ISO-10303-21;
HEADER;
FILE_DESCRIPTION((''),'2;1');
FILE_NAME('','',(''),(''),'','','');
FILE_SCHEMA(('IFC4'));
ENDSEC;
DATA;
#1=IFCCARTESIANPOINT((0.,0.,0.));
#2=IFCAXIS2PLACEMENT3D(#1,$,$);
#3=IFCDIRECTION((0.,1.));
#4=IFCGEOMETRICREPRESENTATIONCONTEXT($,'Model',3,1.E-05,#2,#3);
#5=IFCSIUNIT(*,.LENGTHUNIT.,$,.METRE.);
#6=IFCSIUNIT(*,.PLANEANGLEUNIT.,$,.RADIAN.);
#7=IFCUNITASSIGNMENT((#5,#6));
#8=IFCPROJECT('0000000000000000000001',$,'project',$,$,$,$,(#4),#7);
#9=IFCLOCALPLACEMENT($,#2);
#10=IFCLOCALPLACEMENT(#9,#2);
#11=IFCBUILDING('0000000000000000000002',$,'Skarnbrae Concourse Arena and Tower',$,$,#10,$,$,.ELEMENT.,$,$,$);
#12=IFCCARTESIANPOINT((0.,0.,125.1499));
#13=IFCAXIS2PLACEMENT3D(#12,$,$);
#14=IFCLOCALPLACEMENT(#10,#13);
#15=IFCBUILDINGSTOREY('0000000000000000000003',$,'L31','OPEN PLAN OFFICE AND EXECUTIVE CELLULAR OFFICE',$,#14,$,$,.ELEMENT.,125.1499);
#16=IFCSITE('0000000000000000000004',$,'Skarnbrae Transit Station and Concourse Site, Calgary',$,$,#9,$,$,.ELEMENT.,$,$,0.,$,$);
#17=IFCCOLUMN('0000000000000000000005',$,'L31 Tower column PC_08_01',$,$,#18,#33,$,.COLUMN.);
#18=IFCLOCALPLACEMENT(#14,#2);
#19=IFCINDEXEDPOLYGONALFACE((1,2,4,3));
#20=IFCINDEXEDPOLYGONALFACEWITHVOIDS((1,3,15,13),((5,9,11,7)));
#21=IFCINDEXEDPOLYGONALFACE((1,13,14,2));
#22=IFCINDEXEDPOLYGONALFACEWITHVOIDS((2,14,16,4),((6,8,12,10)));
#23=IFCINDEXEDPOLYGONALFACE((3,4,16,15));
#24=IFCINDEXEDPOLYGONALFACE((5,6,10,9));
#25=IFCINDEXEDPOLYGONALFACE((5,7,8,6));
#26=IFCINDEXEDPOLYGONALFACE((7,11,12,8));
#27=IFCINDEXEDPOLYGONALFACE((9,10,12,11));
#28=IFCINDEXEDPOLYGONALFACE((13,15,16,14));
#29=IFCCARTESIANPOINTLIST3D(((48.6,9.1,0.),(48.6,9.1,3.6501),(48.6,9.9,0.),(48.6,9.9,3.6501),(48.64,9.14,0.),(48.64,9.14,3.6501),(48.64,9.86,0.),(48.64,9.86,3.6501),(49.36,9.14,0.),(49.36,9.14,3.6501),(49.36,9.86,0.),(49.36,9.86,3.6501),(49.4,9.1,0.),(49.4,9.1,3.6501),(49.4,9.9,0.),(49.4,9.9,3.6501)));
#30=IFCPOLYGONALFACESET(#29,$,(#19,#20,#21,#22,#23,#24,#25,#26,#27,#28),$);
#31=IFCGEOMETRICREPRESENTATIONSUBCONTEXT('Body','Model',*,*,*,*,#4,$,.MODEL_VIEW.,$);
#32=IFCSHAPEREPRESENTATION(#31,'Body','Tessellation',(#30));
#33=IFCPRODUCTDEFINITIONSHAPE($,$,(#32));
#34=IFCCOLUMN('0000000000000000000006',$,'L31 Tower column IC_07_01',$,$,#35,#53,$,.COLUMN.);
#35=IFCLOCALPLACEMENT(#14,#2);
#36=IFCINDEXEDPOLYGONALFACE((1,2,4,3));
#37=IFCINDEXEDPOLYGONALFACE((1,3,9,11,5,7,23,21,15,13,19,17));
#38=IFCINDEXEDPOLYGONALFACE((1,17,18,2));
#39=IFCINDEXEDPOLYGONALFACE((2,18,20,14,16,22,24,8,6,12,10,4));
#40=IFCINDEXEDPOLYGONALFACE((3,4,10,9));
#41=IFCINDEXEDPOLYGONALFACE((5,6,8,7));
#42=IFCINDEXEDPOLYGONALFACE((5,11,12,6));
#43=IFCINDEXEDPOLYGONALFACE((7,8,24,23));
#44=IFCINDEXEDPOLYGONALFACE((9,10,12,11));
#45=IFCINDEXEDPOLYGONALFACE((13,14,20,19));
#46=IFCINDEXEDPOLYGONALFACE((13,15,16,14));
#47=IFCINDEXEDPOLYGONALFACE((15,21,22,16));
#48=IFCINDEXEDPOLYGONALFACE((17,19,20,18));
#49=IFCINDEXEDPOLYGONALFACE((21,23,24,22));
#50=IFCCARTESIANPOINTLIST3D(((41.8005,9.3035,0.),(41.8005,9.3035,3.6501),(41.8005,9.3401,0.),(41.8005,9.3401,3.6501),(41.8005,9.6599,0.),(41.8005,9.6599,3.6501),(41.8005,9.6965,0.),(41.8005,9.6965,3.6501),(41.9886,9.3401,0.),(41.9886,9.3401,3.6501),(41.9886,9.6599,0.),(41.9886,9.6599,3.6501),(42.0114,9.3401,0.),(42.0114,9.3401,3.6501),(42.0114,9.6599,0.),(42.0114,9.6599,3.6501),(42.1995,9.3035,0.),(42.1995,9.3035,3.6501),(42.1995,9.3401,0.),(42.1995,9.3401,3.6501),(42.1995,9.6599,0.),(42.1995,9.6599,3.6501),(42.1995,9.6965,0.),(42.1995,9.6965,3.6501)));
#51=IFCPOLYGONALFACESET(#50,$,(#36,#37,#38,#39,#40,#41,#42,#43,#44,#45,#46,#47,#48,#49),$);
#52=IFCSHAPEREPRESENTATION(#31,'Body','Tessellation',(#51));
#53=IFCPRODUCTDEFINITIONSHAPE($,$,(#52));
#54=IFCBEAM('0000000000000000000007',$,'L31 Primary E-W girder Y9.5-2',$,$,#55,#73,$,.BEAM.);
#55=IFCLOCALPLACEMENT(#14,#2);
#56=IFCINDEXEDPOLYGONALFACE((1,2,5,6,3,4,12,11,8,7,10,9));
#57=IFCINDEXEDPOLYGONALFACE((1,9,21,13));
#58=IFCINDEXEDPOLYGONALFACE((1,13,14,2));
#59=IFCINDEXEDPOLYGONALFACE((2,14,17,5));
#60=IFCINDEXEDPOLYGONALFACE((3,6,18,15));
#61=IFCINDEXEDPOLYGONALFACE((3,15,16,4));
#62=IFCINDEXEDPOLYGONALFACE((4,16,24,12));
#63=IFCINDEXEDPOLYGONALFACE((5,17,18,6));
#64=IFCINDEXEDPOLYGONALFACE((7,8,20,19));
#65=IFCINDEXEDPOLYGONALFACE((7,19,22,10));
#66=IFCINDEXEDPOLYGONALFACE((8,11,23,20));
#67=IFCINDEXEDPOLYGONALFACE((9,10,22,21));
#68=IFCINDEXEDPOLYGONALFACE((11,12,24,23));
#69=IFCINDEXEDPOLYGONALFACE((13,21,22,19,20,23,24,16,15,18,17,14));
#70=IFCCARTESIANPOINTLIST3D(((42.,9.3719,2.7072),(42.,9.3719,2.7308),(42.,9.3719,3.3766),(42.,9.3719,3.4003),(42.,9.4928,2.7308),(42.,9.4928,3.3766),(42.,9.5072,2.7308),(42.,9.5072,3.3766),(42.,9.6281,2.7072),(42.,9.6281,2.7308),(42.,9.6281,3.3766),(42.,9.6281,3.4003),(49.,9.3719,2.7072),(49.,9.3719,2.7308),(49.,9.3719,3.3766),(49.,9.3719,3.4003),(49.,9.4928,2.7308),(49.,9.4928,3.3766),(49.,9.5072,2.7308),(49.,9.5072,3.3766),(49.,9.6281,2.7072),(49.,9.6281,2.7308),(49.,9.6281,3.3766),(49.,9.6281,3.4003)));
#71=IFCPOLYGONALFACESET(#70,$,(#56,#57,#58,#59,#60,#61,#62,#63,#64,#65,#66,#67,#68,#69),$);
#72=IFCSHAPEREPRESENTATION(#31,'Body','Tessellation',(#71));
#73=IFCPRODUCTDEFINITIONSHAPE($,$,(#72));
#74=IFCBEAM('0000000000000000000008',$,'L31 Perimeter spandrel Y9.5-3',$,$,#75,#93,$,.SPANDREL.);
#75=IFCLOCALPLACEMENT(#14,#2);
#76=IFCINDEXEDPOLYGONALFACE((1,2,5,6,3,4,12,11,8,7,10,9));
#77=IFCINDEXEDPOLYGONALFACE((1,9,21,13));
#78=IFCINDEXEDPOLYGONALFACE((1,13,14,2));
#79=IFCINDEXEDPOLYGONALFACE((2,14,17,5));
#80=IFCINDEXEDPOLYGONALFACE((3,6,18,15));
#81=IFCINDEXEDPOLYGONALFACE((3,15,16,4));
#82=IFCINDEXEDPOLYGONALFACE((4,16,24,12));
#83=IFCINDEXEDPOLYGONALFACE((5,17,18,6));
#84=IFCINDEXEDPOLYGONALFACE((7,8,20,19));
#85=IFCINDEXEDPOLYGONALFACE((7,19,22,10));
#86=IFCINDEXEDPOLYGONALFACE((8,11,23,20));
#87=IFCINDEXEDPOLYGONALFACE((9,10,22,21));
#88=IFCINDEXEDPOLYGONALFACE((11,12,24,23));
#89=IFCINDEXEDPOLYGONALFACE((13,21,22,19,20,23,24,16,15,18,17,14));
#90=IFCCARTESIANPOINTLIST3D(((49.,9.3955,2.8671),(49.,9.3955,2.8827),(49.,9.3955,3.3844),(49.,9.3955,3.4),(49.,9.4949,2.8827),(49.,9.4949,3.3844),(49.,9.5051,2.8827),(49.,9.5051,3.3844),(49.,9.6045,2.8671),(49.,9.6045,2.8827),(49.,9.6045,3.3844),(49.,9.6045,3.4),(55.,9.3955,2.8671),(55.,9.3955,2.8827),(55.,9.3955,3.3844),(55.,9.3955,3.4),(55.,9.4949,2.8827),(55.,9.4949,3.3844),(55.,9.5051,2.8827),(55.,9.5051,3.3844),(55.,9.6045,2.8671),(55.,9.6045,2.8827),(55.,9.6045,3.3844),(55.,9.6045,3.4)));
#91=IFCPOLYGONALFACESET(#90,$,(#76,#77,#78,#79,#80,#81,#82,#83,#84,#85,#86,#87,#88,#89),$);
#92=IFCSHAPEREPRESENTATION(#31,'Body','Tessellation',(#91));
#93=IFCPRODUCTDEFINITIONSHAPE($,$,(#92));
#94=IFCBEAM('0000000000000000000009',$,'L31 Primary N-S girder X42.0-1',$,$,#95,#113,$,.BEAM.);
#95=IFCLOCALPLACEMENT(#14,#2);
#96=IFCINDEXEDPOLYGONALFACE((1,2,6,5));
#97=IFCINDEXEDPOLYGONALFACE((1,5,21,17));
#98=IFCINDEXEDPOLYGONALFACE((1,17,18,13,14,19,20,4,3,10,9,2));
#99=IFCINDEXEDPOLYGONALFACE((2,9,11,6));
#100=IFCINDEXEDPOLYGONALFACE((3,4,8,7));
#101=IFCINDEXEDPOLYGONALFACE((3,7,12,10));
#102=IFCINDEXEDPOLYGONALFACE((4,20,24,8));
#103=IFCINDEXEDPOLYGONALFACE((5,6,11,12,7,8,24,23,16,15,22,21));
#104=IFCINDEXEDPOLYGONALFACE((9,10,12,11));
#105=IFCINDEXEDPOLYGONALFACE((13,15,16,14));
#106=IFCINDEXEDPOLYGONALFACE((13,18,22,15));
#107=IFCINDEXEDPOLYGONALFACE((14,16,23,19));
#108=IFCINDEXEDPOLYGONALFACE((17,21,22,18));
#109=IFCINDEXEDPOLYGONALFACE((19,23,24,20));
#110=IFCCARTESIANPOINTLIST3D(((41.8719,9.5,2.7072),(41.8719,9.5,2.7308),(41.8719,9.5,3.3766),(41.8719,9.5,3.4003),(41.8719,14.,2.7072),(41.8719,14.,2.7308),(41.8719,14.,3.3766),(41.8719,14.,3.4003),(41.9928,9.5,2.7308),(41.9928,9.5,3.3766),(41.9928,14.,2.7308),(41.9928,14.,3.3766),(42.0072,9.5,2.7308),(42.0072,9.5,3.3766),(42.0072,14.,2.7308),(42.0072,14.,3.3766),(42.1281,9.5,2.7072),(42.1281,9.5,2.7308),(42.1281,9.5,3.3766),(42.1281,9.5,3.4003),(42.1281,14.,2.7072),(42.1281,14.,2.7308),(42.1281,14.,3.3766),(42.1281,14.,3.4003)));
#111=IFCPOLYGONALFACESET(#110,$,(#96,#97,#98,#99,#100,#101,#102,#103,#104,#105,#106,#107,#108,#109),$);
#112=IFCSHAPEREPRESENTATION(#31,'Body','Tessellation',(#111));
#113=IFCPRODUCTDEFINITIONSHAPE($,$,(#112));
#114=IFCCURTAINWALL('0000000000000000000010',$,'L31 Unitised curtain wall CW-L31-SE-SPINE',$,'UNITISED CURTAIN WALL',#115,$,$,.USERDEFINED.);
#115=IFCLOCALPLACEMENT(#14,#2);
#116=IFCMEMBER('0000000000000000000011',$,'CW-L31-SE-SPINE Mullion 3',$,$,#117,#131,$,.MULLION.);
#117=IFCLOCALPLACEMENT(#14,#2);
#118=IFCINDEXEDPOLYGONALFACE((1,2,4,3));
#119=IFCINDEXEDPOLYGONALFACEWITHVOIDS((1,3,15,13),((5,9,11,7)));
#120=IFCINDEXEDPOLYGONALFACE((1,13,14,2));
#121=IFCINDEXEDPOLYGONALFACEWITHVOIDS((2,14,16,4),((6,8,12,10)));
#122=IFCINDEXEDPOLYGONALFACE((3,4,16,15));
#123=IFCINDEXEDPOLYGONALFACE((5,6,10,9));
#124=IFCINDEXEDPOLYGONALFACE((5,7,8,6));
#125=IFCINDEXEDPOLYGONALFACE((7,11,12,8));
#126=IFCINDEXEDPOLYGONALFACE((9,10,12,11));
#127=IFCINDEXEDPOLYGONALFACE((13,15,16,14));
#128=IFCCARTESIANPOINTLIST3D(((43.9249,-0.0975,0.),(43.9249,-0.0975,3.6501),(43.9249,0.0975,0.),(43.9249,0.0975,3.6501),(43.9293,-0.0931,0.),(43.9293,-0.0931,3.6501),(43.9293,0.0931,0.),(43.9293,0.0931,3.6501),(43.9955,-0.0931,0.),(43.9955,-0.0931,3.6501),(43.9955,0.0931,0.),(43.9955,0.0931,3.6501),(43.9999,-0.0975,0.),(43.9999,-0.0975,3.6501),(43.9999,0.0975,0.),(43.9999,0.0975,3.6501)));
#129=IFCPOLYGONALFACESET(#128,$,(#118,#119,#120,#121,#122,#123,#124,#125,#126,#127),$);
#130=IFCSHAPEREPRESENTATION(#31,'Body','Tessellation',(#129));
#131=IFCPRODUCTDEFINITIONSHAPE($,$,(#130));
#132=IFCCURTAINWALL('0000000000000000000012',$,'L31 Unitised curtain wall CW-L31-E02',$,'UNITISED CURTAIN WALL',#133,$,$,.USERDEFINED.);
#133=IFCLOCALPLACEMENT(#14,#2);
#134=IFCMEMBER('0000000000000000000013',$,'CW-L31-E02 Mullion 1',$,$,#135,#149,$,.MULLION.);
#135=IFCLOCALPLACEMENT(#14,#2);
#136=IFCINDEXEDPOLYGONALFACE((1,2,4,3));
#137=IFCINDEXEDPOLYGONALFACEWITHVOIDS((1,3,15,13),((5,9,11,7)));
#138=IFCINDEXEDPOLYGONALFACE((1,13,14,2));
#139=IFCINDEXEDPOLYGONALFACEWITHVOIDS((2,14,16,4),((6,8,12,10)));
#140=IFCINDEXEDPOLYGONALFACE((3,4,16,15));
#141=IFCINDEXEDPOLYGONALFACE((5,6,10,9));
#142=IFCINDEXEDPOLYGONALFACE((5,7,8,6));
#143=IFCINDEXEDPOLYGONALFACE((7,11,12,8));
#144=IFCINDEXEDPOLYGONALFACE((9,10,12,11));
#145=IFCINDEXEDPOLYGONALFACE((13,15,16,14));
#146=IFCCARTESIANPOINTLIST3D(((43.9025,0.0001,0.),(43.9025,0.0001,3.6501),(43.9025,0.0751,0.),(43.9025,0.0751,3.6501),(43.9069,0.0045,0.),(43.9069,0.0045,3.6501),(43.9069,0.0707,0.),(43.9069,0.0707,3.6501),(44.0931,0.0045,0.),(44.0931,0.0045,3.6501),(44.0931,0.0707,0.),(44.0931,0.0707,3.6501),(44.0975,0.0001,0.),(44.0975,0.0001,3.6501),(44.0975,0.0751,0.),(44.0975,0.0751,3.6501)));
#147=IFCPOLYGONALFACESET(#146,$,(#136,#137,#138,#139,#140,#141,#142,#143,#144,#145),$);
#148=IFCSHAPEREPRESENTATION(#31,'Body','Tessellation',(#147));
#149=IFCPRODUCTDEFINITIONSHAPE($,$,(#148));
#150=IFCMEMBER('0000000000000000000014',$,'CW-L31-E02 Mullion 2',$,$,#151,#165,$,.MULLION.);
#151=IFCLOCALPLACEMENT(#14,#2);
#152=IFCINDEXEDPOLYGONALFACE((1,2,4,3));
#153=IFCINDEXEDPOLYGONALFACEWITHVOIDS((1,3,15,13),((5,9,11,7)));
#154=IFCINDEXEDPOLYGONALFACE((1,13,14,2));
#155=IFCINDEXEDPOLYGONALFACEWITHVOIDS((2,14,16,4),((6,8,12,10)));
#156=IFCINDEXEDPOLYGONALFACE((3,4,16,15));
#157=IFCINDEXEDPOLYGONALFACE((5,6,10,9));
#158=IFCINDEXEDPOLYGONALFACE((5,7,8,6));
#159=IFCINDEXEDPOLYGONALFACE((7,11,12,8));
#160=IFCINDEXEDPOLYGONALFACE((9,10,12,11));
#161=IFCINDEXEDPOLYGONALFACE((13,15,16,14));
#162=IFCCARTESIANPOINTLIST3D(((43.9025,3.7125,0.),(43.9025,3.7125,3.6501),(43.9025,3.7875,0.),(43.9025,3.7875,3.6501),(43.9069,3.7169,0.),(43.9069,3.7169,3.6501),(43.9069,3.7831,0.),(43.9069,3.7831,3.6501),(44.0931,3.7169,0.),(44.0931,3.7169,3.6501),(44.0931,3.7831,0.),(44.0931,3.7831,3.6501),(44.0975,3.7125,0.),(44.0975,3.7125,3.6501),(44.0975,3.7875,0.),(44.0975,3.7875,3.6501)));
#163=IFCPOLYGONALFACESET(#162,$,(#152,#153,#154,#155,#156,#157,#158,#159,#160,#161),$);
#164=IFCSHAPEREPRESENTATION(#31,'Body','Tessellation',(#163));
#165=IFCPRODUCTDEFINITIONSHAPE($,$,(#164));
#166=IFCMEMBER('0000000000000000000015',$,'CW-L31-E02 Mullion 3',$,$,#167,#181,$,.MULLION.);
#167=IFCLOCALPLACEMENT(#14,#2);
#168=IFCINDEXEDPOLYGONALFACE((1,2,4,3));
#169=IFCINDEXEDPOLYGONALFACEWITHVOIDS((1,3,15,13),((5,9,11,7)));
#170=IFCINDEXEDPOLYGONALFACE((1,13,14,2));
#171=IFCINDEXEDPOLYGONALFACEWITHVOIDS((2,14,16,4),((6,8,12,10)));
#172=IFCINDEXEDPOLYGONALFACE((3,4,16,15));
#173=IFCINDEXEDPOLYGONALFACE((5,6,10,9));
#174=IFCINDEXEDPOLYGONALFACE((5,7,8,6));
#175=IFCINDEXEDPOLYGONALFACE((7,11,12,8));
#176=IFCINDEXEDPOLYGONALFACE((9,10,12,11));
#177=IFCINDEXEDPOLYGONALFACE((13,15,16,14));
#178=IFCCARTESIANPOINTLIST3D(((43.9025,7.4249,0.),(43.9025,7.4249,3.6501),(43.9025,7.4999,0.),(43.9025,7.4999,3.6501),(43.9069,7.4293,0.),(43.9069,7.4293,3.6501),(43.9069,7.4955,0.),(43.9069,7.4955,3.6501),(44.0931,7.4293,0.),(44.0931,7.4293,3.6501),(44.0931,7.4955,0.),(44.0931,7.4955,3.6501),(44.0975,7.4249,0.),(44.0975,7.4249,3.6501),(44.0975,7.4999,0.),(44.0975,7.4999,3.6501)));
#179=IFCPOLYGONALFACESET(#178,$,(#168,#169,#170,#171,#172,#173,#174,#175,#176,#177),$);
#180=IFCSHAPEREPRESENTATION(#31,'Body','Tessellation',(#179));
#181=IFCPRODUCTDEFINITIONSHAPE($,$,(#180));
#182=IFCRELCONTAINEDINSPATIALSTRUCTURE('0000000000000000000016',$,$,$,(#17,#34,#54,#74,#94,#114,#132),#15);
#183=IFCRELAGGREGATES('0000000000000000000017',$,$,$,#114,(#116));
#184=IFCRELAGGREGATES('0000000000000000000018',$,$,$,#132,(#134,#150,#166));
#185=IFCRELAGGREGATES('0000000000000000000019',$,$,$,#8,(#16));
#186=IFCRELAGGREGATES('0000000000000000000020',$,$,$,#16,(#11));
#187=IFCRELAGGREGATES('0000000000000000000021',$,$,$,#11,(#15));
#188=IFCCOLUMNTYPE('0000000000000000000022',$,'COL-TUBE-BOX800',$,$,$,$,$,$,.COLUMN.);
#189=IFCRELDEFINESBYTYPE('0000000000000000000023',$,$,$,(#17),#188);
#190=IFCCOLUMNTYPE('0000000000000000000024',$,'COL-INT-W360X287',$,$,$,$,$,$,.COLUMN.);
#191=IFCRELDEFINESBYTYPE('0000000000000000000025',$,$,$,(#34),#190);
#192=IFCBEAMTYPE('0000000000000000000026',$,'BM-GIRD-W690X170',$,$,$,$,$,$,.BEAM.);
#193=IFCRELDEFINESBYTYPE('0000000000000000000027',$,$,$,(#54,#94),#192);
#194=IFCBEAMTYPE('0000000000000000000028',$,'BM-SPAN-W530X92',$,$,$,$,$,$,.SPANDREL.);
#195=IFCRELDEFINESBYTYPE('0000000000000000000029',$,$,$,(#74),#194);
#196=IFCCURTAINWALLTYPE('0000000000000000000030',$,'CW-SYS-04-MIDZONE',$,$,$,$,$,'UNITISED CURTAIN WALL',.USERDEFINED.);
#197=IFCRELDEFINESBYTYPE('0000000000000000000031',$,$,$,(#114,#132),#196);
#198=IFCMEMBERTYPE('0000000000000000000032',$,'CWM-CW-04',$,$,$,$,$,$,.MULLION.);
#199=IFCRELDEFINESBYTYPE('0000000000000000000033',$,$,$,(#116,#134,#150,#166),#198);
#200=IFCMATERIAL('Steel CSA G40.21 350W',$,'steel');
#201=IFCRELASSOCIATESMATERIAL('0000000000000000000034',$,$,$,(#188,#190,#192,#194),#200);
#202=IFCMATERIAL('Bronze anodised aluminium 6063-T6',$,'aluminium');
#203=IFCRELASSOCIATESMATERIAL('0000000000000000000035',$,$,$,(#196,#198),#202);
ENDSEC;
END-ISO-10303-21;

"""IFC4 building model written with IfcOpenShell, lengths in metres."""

from ifc_helpers import new_model, si_unit, direction, frame, origin, origin_2d, place, context, subcontext, project, spatial, hollow_rectangle, i_section, extrude, source, transform, mapped, material, material_profile, profile_set, type_object, element, aggregate, save


model = new_model("IFC4")

# Units and contexts
model_context = context("Model", 3, precision=1e-05, world=origin(), true_north=direction((0.0, 1.0)))
body_context = subcontext(model_context, "Body", "Model", "MODEL_VIEW")
ifc_project = project(units=[si_unit("LENGTHUNIT", "METRE"), si_unit("PLANEANGLEUNIT", "RADIAN")], contexts=[model_context])

# Site, building, storey
site_placement = place(None, origin())
site = spatial("IfcSite", under=ifc_project, at=site_placement, Name="Skarnbrae Transit Station and Concourse Site, Calgary", CompositionType="ELEMENT", RefElevation=0.0)
building_placement = place(site_placement, origin())
building = spatial("IfcBuilding", under=site, at=building_placement, Name="Skarnbrae Concourse Arena and Tower", CompositionType="ELEMENT")
storey_placement = place(building_placement, frame((0.0, 0.0, 125.1499)))
storey = spatial("IfcBuildingStorey", under=building, at=storey_placement, Name="L31", Description="OPEN PLAN OFFICE AND EXECUTIVE CELLULAR OFFICE", CompositionType="ELEMENT", Elevation=125.1499)

# Columns
ifc_material_1 = material(Name="Steel CSA G40.21 350W", Category="steel")
ifc_material_profile_1 = material_profile(ifc_material_1, hollow_rectangle(XDim=0.8, YDim=0.8, WallThickness=0.04, at=origin_2d()), Name="BOX800X800X40")
ifc_profile_set_1 = profile_set([ifc_material_profile_1], Name="Steel CSA G40.21 350W")
column_type_1 = type_object("IfcColumnType", Name="COL-TUBE-BOX800", PredefinedType="COLUMN", material=ifc_profile_set_1)
shared_shape_1 = source(origin(), body_context, "Body", "SweptSolid", [
    extrude(hollow_rectangle(XDim=0.8, YDim=0.8, WallThickness=0.04, at=origin_2d()), origin(), (0.0, 0.0, 1.0), 3.6501),
])
column_1_placement = place(storey_placement, frame((49.0, 9.5, 0.0), z_axis=(0.0, 0.0, 1.0), x_axis=(1.0, 0.0, 0.0)))
element("IfcColumn", 1, at=column_1_placement, inside=storey, type_object=column_type_1, Name="L31 Tower column PC_08_01", PredefinedType="COLUMN", context=body_context, shape_type="MappedRepresentation", body=[
    mapped(shared_shape_1, transform((0.0, 0.0, 0.0))),
])
ifc_material_profile_2 = material_profile(ifc_material_1, i_section(OverallWidth=0.3989, OverallDepth=0.3931, WebThickness=0.0227, FlangeThickness=0.0366, at=origin_2d()), Name="W360X287")
ifc_profile_set_2 = profile_set([ifc_material_profile_2], Name="Steel CSA G40.21 350W")
column_type_2 = type_object("IfcColumnType", Name="COL-INT-W360X287", PredefinedType="COLUMN", material=ifc_profile_set_2)
shared_shape_2 = source(origin(), body_context, "Body", "SweptSolid", [
    extrude(i_section(OverallWidth=0.3989, OverallDepth=0.3931, WebThickness=0.0227, FlangeThickness=0.0366, at=origin_2d()), origin(), (0.0, 0.0, 1.0), 3.6501),
])
column_2_placement = place(storey_placement, frame((42.0, 9.5, 0.0), z_axis=(0.0, 0.0, 1.0), x_axis=(1.0, 0.0, 0.0)))
element("IfcColumn", 2, at=column_2_placement, inside=storey, type_object=column_type_2, Name="L31 Tower column IC_07_01", PredefinedType="COLUMN", context=body_context, shape_type="MappedRepresentation", body=[
    mapped(shared_shape_2, transform((0.0, 0.0, 0.0))),
])

# Beams
ifc_material_profile_3 = material_profile(ifc_material_1, i_section(OverallWidth=0.2561, OverallDepth=0.6931, WebThickness=0.0144, FlangeThickness=0.0237, at=origin_2d()), Name="W690X170")
ifc_profile_set_3 = profile_set([ifc_material_profile_3], Name="Steel CSA G40.21 350W")
beam_type_1 = type_object("IfcBeamType", Name="BM-GIRD-W690X170", PredefinedType="BEAM", material=ifc_profile_set_3)
shared_shape_3 = source(origin(), body_context, "Body", "SweptSolid", [
    extrude(i_section(OverallWidth=0.2561, OverallDepth=0.6931, WebThickness=0.0144, FlangeThickness=0.0237, at=origin_2d()), origin(), (0.0, 0.0, 1.0), 7.0),
])
beam_1_placement = place(storey_placement, frame((42.0, 9.5, 3.0537), z_axis=(1.0, 0.0, 0.0), x_axis=(0.0, 1.0, 0.0)))
element("IfcBeam", 3, at=beam_1_placement, inside=storey, type_object=beam_type_1, Name="L31 Primary E-W girder Y9.5-2", PredefinedType="BEAM", context=body_context, shape_type="MappedRepresentation", body=[
    mapped(shared_shape_3, transform((0.0, 0.0, 0.0))),
])
ifc_material_profile_4 = material_profile(ifc_material_1, i_section(OverallWidth=0.209, OverallDepth=0.533, WebThickness=0.0103, FlangeThickness=0.0156, at=origin_2d()), Name="W530X92")
ifc_profile_set_4 = profile_set([ifc_material_profile_4], Name="Steel CSA G40.21 350W")
beam_type_2 = type_object("IfcBeamType", Name="BM-SPAN-W530X92", PredefinedType="SPANDREL", material=ifc_profile_set_4)
shared_shape_4 = source(origin(), body_context, "Body", "SweptSolid", [
    extrude(i_section(OverallWidth=0.209, OverallDepth=0.533, WebThickness=0.0103, FlangeThickness=0.0156, at=origin_2d()), origin(), (0.0, 0.0, 1.0), 6.0),
])
beam_2_placement = place(storey_placement, frame((49.0, 9.5, 3.1335), z_axis=(1.0, 0.0, 0.0), x_axis=(0.0, 1.0, 0.0)))
element("IfcBeam", 4, at=beam_2_placement, inside=storey, type_object=beam_type_2, Name="L31 Perimeter spandrel Y9.5-3", PredefinedType="SPANDREL", context=body_context, shape_type="MappedRepresentation", body=[
    mapped(shared_shape_4, transform((0.0, 0.0, 0.0))),
])
shared_shape_5 = source(origin(), body_context, "Body", "SweptSolid", [
    extrude(i_section(OverallWidth=0.2561, OverallDepth=0.6931, WebThickness=0.0144, FlangeThickness=0.0237, at=origin_2d()), origin(), (0.0, 0.0, 1.0), 4.5),
])
beam_3_placement = place(storey_placement, frame((42.0, 9.5, 3.0537), z_axis=(0.0, 1.0, 0.0), x_axis=(-1.0, 0.0, 0.0)))
element("IfcBeam", 5, at=beam_3_placement, inside=storey, type_object=beam_type_1, Name="L31 Primary N-S girder X42.0-1", PredefinedType="BEAM", context=body_context, shape_type="MappedRepresentation", body=[
    mapped(shared_shape_5, transform((0.0, 0.0, 0.0))),
])

# Curtain wall, member
ifc_material_2 = material(Name="Bronze anodised aluminium 6063-T6", Category="aluminium")
curtain_wall_type = type_object("IfcCurtainWallType", Name="CW-SYS-04-MIDZONE", ElementType="UNITISED CURTAIN WALL", PredefinedType="USERDEFINED", material=ifc_material_2)
curtain_wall_1_placement = place(storey_placement, origin())
curtain_wall_1 = element("IfcCurtainWall", 6, at=curtain_wall_1_placement, inside=storey, type_object=curtain_wall_type, Name="L31 Unitised curtain wall CW-L31-SE-SPINE", ObjectType="UNITISED CURTAIN WALL", PredefinedType="USERDEFINED")
ifc_material_profile_5 = material_profile(ifc_material_2, hollow_rectangle(XDim=0.075, YDim=0.1951, WallThickness=0.0044, at=origin_2d()), Name="ALU-MULL-75X195")
ifc_profile_set_5 = profile_set([ifc_material_profile_5], Name="Bronze anodised aluminium 6063-T6")
member_type_1 = type_object("IfcMemberType", Name="CWM-CW-04", PredefinedType="MULLION", material=ifc_profile_set_5)
shared_shape_6 = source(origin(), body_context, "Body", "SweptSolid", [
    extrude(hollow_rectangle(XDim=0.075, YDim=0.1951, WallThickness=0.0044, at=origin_2d()), origin(), (0.0, 0.0, 1.0), 3.6501),
])
member_1_placement = place(storey_placement, frame((43.9624, 0.0, 0.0), z_axis=(0.0, 0.0, 1.0), x_axis=(1.0, 0.0, 0.0)))
member_1 = element("IfcMember", 7, at=member_1_placement, type_object=member_type_1, Name="CW-L31-SE-SPINE Mullion 3", PredefinedType="MULLION", context=body_context, shape_type="MappedRepresentation", body=[
    mapped(shared_shape_6, transform((0.0, 0.0, 0.0))),
])

# Curtain wall, members
curtain_wall_2_placement = place(storey_placement, origin())
curtain_wall_2 = element("IfcCurtainWall", 8, at=curtain_wall_2_placement, inside=storey, type_object=curtain_wall_type, Name="L31 Unitised curtain wall CW-L31-E02", ObjectType="UNITISED CURTAIN WALL", PredefinedType="USERDEFINED")
member_2_placement = place(storey_placement, frame((44.0, 0.0376, 0.0), z_axis=(0.0, 0.0, 1.0), x_axis=(0.0, 1.0, 0.0)))
member_2 = element("IfcMember", 9, at=member_2_placement, type_object=member_type_1, Name="CW-L31-E02 Mullion 1", PredefinedType="MULLION", context=body_context, shape_type="MappedRepresentation", body=[
    mapped(shared_shape_6, transform((0.0, 0.0, 0.0))),
])
member_3_placement = place(storey_placement, frame((44.0, 3.75, 0.0), z_axis=(0.0, 0.0, 1.0), x_axis=(0.0, 1.0, 0.0)))
member_3 = element("IfcMember", 10, at=member_3_placement, type_object=member_type_1, Name="CW-L31-E02 Mullion 2", PredefinedType="MULLION", context=body_context, shape_type="MappedRepresentation", body=[
    mapped(shared_shape_6, transform((0.0, 0.0, 0.0))),
])
member_4_placement = place(storey_placement, frame((44.0, 7.4624, 0.0), z_axis=(0.0, 0.0, 1.0), x_axis=(0.0, 1.0, 0.0)))
member_4 = element("IfcMember", 11, at=member_4_placement, type_object=member_type_1, Name="CW-L31-E02 Mullion 3", PredefinedType="MULLION", context=body_context, shape_type="MappedRepresentation", body=[
    mapped(shared_shape_6, transform((0.0, 0.0, 0.0))),
])

aggregate(curtain_wall_1, [member_1])
aggregate(curtain_wall_2, [member_2, member_3, member_4])

save(model, "model.ifc")
